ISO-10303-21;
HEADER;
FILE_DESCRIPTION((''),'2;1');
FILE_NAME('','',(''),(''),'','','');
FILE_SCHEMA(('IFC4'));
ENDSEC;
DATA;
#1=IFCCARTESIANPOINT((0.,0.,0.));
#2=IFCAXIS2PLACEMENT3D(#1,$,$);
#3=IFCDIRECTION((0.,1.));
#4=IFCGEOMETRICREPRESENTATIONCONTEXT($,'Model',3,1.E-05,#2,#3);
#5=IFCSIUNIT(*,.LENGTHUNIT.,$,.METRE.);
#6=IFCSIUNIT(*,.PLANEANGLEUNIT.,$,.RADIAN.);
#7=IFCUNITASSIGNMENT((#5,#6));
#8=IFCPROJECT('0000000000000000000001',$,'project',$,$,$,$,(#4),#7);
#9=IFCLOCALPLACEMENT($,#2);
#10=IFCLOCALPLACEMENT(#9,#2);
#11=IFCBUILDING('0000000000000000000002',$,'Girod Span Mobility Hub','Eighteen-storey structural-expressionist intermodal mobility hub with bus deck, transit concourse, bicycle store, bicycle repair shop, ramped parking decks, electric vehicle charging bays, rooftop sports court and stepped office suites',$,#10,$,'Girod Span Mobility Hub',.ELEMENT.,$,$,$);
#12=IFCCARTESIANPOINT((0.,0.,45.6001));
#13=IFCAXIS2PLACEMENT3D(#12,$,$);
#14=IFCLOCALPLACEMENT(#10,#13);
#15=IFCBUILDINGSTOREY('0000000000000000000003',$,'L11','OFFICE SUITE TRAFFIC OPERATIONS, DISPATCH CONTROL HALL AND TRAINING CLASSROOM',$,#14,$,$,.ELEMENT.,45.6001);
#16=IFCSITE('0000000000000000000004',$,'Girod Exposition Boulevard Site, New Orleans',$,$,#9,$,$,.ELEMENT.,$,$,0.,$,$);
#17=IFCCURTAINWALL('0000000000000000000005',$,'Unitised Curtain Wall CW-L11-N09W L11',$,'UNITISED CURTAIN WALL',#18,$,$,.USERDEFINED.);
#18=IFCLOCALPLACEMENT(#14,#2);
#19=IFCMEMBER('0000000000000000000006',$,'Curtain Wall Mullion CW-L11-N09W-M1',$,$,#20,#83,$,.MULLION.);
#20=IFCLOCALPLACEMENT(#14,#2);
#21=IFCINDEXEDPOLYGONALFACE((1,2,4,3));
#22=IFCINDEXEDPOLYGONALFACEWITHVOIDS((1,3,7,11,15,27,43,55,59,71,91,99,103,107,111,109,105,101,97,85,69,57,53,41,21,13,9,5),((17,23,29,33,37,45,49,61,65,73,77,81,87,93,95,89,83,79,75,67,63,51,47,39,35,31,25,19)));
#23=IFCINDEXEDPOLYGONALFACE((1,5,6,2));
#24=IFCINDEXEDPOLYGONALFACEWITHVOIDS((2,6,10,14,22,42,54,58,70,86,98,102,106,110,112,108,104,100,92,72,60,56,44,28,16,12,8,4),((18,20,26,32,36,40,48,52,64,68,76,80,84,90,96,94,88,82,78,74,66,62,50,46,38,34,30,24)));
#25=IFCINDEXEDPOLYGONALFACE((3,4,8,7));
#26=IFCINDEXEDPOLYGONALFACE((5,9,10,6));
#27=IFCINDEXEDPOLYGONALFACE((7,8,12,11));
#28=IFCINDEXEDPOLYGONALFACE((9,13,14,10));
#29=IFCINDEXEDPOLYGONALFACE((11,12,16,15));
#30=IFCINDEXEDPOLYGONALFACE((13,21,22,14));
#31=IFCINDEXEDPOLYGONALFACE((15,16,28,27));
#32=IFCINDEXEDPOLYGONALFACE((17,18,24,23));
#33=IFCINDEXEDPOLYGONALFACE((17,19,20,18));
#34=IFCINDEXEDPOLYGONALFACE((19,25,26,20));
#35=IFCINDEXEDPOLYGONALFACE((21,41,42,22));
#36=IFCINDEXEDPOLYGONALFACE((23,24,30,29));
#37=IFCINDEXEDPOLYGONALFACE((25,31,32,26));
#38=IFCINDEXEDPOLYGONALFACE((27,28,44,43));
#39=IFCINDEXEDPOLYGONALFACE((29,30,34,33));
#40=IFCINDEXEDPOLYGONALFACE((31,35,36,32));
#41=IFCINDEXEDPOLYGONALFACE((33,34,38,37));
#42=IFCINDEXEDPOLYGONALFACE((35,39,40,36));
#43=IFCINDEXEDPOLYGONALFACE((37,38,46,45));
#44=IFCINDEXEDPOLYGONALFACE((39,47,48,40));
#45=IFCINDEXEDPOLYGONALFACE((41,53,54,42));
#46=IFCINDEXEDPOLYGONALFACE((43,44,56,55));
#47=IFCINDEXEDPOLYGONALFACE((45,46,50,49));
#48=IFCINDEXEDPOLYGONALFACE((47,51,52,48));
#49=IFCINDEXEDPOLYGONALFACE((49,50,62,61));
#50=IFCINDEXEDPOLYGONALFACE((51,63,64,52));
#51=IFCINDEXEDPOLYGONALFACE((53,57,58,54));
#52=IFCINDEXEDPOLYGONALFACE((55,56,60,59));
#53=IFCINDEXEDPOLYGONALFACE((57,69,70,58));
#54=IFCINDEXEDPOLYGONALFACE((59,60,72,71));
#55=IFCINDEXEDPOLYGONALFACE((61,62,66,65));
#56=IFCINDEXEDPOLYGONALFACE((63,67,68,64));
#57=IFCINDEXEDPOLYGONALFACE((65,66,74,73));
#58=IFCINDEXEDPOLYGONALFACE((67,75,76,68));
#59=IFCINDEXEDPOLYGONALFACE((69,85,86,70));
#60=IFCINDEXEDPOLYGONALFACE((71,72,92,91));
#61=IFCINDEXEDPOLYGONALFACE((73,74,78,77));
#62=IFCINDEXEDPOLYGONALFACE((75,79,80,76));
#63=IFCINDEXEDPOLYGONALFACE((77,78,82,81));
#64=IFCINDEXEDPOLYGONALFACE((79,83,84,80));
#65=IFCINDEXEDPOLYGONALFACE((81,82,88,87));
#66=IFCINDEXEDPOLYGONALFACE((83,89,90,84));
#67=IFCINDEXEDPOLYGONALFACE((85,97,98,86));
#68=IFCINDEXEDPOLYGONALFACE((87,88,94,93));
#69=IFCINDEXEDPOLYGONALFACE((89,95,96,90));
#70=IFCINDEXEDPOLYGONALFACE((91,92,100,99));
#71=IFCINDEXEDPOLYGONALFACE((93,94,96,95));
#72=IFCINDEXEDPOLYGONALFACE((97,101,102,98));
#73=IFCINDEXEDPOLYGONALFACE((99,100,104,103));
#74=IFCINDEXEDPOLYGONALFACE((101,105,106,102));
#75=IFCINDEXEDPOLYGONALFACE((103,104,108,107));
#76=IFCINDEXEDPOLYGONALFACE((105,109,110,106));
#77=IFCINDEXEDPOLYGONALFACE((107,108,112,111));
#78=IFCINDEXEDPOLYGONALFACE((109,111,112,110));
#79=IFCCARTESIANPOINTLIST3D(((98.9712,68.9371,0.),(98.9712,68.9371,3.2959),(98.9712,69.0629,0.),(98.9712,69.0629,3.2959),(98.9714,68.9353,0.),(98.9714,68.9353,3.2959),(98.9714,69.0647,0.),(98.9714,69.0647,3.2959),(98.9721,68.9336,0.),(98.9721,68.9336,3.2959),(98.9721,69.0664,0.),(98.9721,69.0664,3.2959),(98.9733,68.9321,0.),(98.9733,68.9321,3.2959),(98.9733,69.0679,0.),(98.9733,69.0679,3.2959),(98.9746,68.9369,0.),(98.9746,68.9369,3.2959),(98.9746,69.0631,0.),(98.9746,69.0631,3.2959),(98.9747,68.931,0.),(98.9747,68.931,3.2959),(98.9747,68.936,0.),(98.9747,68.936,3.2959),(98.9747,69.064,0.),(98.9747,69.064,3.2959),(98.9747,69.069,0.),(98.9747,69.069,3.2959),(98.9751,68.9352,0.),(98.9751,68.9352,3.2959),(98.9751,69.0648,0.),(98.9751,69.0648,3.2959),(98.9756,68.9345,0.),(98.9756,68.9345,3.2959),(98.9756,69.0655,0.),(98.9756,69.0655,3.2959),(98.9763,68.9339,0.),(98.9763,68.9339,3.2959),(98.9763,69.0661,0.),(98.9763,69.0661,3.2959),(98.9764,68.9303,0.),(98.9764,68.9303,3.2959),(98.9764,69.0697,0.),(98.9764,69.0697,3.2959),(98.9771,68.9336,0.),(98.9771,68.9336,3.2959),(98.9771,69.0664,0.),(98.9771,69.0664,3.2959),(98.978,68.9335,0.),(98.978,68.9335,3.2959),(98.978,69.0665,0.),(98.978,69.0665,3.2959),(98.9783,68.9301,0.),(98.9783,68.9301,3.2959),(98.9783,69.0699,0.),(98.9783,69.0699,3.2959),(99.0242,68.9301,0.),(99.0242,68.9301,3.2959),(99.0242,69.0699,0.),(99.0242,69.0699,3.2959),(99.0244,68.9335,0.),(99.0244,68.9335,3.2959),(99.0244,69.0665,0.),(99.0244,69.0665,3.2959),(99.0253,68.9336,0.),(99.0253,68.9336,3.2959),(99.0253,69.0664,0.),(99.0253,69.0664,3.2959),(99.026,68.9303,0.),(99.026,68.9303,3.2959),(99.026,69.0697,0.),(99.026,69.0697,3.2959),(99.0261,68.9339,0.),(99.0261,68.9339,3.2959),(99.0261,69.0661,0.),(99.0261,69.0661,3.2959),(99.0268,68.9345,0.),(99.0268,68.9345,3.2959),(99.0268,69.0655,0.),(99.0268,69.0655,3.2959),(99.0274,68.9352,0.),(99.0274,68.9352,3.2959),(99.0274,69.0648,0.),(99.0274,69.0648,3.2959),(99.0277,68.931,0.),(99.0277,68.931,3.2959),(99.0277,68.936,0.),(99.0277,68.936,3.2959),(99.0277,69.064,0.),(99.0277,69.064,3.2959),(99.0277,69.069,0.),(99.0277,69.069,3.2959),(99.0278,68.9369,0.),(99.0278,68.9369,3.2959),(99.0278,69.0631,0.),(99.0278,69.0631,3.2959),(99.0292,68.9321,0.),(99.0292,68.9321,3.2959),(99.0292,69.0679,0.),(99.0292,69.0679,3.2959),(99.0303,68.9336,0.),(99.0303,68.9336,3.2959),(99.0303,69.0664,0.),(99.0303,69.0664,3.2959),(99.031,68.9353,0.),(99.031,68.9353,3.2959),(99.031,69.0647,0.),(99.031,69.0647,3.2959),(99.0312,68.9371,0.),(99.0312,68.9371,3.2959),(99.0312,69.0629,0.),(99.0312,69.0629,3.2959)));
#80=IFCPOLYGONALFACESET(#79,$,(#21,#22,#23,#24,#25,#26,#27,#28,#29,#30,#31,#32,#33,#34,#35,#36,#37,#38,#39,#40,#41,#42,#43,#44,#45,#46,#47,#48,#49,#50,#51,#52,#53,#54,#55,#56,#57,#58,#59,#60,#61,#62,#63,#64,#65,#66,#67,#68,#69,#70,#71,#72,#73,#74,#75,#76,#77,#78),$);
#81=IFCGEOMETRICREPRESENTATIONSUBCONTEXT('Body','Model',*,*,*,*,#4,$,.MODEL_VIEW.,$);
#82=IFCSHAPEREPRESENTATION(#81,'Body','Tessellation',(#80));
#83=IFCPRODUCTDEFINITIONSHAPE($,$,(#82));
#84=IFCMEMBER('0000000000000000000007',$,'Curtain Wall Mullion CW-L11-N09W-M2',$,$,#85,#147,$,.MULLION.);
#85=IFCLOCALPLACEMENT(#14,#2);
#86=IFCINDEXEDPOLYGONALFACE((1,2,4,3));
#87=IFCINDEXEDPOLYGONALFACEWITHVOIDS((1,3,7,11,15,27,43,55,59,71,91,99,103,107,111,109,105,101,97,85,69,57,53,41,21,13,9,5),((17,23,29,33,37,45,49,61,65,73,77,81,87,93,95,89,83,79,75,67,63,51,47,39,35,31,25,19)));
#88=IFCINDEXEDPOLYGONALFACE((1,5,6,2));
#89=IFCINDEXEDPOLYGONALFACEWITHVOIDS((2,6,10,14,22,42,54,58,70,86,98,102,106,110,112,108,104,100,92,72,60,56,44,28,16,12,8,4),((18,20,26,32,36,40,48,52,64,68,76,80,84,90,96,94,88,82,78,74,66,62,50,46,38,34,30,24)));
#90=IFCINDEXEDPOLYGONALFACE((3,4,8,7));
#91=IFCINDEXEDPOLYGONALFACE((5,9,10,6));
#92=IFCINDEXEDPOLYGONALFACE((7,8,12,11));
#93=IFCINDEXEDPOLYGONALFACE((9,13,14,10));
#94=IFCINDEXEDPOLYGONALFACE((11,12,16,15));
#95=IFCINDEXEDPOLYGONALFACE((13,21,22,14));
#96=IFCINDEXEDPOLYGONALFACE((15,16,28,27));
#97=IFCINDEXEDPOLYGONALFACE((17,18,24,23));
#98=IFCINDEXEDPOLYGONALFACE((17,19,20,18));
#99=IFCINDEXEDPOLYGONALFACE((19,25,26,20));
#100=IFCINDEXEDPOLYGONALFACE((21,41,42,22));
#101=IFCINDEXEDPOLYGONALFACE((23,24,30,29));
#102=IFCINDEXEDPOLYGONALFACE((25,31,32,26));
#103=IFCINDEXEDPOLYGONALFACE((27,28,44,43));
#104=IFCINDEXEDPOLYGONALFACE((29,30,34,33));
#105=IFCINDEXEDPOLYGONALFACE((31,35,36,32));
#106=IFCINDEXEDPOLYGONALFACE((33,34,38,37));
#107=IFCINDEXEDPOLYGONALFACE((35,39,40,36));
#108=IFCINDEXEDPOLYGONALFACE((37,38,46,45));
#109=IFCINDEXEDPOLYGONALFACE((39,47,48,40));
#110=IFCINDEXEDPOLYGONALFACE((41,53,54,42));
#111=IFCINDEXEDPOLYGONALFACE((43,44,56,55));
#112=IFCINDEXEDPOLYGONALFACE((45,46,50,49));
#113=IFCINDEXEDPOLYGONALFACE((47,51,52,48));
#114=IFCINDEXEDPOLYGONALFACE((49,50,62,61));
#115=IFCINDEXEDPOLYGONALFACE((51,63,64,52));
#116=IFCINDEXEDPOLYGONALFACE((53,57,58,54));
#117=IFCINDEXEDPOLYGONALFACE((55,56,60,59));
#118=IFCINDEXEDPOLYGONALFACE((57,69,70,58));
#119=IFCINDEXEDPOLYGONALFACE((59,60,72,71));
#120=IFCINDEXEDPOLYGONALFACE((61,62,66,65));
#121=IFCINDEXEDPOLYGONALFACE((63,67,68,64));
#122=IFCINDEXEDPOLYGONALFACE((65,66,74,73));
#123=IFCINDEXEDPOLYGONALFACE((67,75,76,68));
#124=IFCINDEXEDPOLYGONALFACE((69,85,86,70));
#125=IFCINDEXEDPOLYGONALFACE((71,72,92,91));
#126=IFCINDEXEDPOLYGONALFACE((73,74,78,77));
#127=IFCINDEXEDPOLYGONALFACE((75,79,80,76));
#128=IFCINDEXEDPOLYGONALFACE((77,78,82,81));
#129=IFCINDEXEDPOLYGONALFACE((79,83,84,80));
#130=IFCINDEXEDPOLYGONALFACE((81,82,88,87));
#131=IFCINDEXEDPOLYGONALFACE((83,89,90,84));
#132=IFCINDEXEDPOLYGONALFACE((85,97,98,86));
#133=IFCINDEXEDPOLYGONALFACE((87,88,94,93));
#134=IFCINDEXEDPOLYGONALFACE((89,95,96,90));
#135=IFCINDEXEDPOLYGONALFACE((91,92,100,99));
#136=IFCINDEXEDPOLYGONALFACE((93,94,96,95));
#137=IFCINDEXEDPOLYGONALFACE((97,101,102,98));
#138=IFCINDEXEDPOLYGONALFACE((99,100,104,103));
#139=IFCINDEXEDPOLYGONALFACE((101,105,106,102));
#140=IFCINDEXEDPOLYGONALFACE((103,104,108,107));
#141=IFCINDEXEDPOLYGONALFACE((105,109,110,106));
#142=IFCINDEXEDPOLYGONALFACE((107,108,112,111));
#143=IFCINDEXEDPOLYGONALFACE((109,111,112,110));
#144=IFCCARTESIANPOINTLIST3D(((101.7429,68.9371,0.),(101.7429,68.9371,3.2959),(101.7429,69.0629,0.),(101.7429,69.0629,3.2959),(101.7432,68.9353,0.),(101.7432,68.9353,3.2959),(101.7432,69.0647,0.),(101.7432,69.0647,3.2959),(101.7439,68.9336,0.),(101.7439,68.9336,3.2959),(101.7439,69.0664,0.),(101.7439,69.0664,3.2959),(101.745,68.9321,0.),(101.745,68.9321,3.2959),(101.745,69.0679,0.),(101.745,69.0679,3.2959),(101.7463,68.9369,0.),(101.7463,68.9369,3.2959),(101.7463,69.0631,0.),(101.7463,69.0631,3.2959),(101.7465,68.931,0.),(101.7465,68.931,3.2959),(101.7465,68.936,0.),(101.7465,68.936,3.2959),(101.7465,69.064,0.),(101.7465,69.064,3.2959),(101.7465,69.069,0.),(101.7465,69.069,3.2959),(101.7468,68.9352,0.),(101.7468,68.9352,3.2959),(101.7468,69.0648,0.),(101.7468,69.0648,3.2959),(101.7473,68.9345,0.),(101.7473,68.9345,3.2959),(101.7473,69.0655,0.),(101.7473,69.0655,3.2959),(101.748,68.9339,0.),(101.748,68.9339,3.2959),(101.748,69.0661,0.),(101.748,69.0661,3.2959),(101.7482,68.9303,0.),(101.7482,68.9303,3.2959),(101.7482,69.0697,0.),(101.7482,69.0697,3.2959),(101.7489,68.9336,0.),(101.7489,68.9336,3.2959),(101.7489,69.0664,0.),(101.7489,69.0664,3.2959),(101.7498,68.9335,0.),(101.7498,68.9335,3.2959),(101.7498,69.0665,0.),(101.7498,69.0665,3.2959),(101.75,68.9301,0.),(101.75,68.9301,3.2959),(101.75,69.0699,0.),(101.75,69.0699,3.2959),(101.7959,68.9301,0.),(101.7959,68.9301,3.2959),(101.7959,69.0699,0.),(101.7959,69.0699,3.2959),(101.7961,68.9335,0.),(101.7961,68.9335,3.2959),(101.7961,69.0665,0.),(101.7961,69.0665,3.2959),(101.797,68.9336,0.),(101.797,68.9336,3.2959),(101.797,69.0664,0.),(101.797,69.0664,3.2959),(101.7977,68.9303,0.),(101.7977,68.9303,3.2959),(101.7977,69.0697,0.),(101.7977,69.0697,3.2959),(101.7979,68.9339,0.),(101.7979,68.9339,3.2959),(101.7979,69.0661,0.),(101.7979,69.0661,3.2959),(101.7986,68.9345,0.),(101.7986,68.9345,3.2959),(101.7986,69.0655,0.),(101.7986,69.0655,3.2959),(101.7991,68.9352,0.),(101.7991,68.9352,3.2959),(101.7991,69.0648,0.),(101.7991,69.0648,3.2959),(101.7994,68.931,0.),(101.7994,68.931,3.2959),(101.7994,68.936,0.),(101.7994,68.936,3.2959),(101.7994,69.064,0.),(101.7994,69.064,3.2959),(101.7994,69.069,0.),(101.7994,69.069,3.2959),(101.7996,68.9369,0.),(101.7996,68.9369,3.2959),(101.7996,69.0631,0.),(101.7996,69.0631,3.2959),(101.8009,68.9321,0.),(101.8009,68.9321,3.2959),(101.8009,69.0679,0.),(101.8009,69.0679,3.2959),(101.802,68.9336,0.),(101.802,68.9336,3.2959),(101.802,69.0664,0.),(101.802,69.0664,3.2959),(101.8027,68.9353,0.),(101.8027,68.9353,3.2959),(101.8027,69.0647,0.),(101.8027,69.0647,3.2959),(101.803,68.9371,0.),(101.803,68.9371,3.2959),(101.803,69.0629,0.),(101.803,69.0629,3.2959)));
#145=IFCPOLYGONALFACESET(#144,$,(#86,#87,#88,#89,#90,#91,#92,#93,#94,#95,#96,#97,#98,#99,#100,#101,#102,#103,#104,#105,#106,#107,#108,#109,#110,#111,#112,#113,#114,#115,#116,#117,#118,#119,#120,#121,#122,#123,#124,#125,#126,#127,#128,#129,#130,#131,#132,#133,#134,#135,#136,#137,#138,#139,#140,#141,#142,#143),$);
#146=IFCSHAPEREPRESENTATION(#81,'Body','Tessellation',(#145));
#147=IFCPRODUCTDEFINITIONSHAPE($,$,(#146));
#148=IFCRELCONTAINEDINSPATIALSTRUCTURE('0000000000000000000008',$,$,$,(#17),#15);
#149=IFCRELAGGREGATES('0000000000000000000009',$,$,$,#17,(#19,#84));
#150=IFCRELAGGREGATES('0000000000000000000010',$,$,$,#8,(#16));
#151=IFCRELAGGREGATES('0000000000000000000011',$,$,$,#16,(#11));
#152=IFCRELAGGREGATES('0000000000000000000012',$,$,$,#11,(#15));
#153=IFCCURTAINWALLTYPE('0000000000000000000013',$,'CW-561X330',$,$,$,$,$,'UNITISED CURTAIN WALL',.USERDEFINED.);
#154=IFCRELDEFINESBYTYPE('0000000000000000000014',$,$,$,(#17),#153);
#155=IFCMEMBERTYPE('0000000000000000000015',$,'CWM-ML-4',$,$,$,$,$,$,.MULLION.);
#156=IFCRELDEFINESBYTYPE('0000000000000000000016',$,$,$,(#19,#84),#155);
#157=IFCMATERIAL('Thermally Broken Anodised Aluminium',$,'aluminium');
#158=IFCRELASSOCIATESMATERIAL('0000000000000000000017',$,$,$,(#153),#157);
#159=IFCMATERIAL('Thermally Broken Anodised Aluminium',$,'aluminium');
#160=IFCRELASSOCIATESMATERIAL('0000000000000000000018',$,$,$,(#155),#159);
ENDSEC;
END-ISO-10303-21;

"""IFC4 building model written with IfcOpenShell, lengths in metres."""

from ifc_helpers import new_model, si_unit, direction, frame, origin, origin_2d, place, context, subcontext, project, spatial, hollow_rectangle, extrude, material, material_profile, profile_set, type_object, element, aggregate, save


model = new_model("IFC4")

# Units and contexts
model_context = context("Model", 3, precision=1e-05, world=origin(), true_north=direction((0.0, 1.0)))
body_context = subcontext(model_context, "Body", "Model", "MODEL_VIEW")
ifc_project = project(units=[si_unit("LENGTHUNIT", "METRE"), si_unit("PLANEANGLEUNIT", "RADIAN")], contexts=[model_context])

# Site, building, storey
site_placement = place(None, origin())
site = spatial("IfcSite", under=ifc_project, at=site_placement, Name="Girod Exposition Boulevard Site, New Orleans", CompositionType="ELEMENT", RefElevation=0.0)
building_placement = place(site_placement, origin())
building = spatial("IfcBuilding", under=site, at=building_placement, Name="Girod Span Mobility Hub", Description="Eighteen-storey structural-expressionist intermodal mobility hub with bus deck, transit concourse, bicycle store, bicycle repair shop, ramped parking decks, electric vehicle charging bays, rooftop sports court and stepped office suites", LongName="Girod Span Mobility Hub", CompositionType="ELEMENT")
storey_placement = place(building_placement, frame((0.0, 0.0, 45.6001)))
storey = spatial("IfcBuildingStorey", under=building, at=storey_placement, Name="L11", Description="OFFICE SUITE TRAFFIC OPERATIONS, DISPATCH CONTROL HALL AND TRAINING CLASSROOM", CompositionType="ELEMENT", Elevation=45.6001)

# Curtain wall, members
ifc_material_1 = material(Name="Thermally Broken Anodised Aluminium", Category="aluminium")
curtain_wall_type = type_object("IfcCurtainWallType", Name="CW-561X330", ElementType="UNITISED CURTAIN WALL", PredefinedType="USERDEFINED", material=ifc_material_1)
curtain_wall_1_placement = place(storey_placement, origin())
curtain_wall_1 = element("IfcCurtainWall", 1, at=curtain_wall_1_placement, inside=storey, type_object=curtain_wall_type, Name="Unitised Curtain Wall CW-L11-N09W L11", ObjectType="UNITISED CURTAIN WALL", PredefinedType="USERDEFINED")
ifc_material_2 = material(Name="Thermally Broken Anodised Aluminium", Category="aluminium")
ifc_material_profile_1 = material_profile(ifc_material_2, hollow_rectangle(XDim=0.1399, YDim=0.0601, WallThickness=0.0034, InnerFilletRadius=0.0034, OuterFilletRadius=0.0071, at=origin_2d()), Name="CW-ML-60X140")
ifc_profile_set_1 = profile_set([ifc_material_profile_1], Name="Thermally Broken Anodised Aluminium")
member_type_1 = type_object("IfcMemberType", Name="CWM-ML-4", PredefinedType="MULLION", material=ifc_profile_set_1)
member_1_placement = place(storey_placement, frame((99.0012, 69.0, 0.0), z_axis=(0.0, 0.0, 1.0), x_axis=(0.0, 1.0, 0.0)))
member_1 = element("IfcMember", 2, at=member_1_placement, type_object=member_type_1, Name="Curtain Wall Mullion CW-L11-N09W-M1", PredefinedType="MULLION", context=body_context, shape_type="SweptSolid", body=[
    extrude(hollow_rectangle(XDim=0.1399, YDim=0.0601, WallThickness=0.0034, InnerFilletRadius=0.0034, OuterFilletRadius=0.0071, at=origin_2d()), origin(), (0.0, 0.0, 1.0), 3.2959),
])
member_2_placement = place(storey_placement, frame((101.7729, 69.0, 0.0), z_axis=(0.0, 0.0, 1.0), x_axis=(0.0, 1.0, 0.0)))
member_2 = element("IfcMember", 3, at=member_2_placement, type_object=member_type_1, Name="Curtain Wall Mullion CW-L11-N09W-M2", PredefinedType="MULLION", context=body_context, shape_type="SweptSolid", body=[
    extrude(hollow_rectangle(XDim=0.1399, YDim=0.0601, WallThickness=0.0034, InnerFilletRadius=0.0034, OuterFilletRadius=0.0071, at=origin_2d()), origin(), (0.0, 0.0, 1.0), 3.2959),
])

aggregate(curtain_wall_1, [member_1, member_2])

save(model, "model.ifc")
